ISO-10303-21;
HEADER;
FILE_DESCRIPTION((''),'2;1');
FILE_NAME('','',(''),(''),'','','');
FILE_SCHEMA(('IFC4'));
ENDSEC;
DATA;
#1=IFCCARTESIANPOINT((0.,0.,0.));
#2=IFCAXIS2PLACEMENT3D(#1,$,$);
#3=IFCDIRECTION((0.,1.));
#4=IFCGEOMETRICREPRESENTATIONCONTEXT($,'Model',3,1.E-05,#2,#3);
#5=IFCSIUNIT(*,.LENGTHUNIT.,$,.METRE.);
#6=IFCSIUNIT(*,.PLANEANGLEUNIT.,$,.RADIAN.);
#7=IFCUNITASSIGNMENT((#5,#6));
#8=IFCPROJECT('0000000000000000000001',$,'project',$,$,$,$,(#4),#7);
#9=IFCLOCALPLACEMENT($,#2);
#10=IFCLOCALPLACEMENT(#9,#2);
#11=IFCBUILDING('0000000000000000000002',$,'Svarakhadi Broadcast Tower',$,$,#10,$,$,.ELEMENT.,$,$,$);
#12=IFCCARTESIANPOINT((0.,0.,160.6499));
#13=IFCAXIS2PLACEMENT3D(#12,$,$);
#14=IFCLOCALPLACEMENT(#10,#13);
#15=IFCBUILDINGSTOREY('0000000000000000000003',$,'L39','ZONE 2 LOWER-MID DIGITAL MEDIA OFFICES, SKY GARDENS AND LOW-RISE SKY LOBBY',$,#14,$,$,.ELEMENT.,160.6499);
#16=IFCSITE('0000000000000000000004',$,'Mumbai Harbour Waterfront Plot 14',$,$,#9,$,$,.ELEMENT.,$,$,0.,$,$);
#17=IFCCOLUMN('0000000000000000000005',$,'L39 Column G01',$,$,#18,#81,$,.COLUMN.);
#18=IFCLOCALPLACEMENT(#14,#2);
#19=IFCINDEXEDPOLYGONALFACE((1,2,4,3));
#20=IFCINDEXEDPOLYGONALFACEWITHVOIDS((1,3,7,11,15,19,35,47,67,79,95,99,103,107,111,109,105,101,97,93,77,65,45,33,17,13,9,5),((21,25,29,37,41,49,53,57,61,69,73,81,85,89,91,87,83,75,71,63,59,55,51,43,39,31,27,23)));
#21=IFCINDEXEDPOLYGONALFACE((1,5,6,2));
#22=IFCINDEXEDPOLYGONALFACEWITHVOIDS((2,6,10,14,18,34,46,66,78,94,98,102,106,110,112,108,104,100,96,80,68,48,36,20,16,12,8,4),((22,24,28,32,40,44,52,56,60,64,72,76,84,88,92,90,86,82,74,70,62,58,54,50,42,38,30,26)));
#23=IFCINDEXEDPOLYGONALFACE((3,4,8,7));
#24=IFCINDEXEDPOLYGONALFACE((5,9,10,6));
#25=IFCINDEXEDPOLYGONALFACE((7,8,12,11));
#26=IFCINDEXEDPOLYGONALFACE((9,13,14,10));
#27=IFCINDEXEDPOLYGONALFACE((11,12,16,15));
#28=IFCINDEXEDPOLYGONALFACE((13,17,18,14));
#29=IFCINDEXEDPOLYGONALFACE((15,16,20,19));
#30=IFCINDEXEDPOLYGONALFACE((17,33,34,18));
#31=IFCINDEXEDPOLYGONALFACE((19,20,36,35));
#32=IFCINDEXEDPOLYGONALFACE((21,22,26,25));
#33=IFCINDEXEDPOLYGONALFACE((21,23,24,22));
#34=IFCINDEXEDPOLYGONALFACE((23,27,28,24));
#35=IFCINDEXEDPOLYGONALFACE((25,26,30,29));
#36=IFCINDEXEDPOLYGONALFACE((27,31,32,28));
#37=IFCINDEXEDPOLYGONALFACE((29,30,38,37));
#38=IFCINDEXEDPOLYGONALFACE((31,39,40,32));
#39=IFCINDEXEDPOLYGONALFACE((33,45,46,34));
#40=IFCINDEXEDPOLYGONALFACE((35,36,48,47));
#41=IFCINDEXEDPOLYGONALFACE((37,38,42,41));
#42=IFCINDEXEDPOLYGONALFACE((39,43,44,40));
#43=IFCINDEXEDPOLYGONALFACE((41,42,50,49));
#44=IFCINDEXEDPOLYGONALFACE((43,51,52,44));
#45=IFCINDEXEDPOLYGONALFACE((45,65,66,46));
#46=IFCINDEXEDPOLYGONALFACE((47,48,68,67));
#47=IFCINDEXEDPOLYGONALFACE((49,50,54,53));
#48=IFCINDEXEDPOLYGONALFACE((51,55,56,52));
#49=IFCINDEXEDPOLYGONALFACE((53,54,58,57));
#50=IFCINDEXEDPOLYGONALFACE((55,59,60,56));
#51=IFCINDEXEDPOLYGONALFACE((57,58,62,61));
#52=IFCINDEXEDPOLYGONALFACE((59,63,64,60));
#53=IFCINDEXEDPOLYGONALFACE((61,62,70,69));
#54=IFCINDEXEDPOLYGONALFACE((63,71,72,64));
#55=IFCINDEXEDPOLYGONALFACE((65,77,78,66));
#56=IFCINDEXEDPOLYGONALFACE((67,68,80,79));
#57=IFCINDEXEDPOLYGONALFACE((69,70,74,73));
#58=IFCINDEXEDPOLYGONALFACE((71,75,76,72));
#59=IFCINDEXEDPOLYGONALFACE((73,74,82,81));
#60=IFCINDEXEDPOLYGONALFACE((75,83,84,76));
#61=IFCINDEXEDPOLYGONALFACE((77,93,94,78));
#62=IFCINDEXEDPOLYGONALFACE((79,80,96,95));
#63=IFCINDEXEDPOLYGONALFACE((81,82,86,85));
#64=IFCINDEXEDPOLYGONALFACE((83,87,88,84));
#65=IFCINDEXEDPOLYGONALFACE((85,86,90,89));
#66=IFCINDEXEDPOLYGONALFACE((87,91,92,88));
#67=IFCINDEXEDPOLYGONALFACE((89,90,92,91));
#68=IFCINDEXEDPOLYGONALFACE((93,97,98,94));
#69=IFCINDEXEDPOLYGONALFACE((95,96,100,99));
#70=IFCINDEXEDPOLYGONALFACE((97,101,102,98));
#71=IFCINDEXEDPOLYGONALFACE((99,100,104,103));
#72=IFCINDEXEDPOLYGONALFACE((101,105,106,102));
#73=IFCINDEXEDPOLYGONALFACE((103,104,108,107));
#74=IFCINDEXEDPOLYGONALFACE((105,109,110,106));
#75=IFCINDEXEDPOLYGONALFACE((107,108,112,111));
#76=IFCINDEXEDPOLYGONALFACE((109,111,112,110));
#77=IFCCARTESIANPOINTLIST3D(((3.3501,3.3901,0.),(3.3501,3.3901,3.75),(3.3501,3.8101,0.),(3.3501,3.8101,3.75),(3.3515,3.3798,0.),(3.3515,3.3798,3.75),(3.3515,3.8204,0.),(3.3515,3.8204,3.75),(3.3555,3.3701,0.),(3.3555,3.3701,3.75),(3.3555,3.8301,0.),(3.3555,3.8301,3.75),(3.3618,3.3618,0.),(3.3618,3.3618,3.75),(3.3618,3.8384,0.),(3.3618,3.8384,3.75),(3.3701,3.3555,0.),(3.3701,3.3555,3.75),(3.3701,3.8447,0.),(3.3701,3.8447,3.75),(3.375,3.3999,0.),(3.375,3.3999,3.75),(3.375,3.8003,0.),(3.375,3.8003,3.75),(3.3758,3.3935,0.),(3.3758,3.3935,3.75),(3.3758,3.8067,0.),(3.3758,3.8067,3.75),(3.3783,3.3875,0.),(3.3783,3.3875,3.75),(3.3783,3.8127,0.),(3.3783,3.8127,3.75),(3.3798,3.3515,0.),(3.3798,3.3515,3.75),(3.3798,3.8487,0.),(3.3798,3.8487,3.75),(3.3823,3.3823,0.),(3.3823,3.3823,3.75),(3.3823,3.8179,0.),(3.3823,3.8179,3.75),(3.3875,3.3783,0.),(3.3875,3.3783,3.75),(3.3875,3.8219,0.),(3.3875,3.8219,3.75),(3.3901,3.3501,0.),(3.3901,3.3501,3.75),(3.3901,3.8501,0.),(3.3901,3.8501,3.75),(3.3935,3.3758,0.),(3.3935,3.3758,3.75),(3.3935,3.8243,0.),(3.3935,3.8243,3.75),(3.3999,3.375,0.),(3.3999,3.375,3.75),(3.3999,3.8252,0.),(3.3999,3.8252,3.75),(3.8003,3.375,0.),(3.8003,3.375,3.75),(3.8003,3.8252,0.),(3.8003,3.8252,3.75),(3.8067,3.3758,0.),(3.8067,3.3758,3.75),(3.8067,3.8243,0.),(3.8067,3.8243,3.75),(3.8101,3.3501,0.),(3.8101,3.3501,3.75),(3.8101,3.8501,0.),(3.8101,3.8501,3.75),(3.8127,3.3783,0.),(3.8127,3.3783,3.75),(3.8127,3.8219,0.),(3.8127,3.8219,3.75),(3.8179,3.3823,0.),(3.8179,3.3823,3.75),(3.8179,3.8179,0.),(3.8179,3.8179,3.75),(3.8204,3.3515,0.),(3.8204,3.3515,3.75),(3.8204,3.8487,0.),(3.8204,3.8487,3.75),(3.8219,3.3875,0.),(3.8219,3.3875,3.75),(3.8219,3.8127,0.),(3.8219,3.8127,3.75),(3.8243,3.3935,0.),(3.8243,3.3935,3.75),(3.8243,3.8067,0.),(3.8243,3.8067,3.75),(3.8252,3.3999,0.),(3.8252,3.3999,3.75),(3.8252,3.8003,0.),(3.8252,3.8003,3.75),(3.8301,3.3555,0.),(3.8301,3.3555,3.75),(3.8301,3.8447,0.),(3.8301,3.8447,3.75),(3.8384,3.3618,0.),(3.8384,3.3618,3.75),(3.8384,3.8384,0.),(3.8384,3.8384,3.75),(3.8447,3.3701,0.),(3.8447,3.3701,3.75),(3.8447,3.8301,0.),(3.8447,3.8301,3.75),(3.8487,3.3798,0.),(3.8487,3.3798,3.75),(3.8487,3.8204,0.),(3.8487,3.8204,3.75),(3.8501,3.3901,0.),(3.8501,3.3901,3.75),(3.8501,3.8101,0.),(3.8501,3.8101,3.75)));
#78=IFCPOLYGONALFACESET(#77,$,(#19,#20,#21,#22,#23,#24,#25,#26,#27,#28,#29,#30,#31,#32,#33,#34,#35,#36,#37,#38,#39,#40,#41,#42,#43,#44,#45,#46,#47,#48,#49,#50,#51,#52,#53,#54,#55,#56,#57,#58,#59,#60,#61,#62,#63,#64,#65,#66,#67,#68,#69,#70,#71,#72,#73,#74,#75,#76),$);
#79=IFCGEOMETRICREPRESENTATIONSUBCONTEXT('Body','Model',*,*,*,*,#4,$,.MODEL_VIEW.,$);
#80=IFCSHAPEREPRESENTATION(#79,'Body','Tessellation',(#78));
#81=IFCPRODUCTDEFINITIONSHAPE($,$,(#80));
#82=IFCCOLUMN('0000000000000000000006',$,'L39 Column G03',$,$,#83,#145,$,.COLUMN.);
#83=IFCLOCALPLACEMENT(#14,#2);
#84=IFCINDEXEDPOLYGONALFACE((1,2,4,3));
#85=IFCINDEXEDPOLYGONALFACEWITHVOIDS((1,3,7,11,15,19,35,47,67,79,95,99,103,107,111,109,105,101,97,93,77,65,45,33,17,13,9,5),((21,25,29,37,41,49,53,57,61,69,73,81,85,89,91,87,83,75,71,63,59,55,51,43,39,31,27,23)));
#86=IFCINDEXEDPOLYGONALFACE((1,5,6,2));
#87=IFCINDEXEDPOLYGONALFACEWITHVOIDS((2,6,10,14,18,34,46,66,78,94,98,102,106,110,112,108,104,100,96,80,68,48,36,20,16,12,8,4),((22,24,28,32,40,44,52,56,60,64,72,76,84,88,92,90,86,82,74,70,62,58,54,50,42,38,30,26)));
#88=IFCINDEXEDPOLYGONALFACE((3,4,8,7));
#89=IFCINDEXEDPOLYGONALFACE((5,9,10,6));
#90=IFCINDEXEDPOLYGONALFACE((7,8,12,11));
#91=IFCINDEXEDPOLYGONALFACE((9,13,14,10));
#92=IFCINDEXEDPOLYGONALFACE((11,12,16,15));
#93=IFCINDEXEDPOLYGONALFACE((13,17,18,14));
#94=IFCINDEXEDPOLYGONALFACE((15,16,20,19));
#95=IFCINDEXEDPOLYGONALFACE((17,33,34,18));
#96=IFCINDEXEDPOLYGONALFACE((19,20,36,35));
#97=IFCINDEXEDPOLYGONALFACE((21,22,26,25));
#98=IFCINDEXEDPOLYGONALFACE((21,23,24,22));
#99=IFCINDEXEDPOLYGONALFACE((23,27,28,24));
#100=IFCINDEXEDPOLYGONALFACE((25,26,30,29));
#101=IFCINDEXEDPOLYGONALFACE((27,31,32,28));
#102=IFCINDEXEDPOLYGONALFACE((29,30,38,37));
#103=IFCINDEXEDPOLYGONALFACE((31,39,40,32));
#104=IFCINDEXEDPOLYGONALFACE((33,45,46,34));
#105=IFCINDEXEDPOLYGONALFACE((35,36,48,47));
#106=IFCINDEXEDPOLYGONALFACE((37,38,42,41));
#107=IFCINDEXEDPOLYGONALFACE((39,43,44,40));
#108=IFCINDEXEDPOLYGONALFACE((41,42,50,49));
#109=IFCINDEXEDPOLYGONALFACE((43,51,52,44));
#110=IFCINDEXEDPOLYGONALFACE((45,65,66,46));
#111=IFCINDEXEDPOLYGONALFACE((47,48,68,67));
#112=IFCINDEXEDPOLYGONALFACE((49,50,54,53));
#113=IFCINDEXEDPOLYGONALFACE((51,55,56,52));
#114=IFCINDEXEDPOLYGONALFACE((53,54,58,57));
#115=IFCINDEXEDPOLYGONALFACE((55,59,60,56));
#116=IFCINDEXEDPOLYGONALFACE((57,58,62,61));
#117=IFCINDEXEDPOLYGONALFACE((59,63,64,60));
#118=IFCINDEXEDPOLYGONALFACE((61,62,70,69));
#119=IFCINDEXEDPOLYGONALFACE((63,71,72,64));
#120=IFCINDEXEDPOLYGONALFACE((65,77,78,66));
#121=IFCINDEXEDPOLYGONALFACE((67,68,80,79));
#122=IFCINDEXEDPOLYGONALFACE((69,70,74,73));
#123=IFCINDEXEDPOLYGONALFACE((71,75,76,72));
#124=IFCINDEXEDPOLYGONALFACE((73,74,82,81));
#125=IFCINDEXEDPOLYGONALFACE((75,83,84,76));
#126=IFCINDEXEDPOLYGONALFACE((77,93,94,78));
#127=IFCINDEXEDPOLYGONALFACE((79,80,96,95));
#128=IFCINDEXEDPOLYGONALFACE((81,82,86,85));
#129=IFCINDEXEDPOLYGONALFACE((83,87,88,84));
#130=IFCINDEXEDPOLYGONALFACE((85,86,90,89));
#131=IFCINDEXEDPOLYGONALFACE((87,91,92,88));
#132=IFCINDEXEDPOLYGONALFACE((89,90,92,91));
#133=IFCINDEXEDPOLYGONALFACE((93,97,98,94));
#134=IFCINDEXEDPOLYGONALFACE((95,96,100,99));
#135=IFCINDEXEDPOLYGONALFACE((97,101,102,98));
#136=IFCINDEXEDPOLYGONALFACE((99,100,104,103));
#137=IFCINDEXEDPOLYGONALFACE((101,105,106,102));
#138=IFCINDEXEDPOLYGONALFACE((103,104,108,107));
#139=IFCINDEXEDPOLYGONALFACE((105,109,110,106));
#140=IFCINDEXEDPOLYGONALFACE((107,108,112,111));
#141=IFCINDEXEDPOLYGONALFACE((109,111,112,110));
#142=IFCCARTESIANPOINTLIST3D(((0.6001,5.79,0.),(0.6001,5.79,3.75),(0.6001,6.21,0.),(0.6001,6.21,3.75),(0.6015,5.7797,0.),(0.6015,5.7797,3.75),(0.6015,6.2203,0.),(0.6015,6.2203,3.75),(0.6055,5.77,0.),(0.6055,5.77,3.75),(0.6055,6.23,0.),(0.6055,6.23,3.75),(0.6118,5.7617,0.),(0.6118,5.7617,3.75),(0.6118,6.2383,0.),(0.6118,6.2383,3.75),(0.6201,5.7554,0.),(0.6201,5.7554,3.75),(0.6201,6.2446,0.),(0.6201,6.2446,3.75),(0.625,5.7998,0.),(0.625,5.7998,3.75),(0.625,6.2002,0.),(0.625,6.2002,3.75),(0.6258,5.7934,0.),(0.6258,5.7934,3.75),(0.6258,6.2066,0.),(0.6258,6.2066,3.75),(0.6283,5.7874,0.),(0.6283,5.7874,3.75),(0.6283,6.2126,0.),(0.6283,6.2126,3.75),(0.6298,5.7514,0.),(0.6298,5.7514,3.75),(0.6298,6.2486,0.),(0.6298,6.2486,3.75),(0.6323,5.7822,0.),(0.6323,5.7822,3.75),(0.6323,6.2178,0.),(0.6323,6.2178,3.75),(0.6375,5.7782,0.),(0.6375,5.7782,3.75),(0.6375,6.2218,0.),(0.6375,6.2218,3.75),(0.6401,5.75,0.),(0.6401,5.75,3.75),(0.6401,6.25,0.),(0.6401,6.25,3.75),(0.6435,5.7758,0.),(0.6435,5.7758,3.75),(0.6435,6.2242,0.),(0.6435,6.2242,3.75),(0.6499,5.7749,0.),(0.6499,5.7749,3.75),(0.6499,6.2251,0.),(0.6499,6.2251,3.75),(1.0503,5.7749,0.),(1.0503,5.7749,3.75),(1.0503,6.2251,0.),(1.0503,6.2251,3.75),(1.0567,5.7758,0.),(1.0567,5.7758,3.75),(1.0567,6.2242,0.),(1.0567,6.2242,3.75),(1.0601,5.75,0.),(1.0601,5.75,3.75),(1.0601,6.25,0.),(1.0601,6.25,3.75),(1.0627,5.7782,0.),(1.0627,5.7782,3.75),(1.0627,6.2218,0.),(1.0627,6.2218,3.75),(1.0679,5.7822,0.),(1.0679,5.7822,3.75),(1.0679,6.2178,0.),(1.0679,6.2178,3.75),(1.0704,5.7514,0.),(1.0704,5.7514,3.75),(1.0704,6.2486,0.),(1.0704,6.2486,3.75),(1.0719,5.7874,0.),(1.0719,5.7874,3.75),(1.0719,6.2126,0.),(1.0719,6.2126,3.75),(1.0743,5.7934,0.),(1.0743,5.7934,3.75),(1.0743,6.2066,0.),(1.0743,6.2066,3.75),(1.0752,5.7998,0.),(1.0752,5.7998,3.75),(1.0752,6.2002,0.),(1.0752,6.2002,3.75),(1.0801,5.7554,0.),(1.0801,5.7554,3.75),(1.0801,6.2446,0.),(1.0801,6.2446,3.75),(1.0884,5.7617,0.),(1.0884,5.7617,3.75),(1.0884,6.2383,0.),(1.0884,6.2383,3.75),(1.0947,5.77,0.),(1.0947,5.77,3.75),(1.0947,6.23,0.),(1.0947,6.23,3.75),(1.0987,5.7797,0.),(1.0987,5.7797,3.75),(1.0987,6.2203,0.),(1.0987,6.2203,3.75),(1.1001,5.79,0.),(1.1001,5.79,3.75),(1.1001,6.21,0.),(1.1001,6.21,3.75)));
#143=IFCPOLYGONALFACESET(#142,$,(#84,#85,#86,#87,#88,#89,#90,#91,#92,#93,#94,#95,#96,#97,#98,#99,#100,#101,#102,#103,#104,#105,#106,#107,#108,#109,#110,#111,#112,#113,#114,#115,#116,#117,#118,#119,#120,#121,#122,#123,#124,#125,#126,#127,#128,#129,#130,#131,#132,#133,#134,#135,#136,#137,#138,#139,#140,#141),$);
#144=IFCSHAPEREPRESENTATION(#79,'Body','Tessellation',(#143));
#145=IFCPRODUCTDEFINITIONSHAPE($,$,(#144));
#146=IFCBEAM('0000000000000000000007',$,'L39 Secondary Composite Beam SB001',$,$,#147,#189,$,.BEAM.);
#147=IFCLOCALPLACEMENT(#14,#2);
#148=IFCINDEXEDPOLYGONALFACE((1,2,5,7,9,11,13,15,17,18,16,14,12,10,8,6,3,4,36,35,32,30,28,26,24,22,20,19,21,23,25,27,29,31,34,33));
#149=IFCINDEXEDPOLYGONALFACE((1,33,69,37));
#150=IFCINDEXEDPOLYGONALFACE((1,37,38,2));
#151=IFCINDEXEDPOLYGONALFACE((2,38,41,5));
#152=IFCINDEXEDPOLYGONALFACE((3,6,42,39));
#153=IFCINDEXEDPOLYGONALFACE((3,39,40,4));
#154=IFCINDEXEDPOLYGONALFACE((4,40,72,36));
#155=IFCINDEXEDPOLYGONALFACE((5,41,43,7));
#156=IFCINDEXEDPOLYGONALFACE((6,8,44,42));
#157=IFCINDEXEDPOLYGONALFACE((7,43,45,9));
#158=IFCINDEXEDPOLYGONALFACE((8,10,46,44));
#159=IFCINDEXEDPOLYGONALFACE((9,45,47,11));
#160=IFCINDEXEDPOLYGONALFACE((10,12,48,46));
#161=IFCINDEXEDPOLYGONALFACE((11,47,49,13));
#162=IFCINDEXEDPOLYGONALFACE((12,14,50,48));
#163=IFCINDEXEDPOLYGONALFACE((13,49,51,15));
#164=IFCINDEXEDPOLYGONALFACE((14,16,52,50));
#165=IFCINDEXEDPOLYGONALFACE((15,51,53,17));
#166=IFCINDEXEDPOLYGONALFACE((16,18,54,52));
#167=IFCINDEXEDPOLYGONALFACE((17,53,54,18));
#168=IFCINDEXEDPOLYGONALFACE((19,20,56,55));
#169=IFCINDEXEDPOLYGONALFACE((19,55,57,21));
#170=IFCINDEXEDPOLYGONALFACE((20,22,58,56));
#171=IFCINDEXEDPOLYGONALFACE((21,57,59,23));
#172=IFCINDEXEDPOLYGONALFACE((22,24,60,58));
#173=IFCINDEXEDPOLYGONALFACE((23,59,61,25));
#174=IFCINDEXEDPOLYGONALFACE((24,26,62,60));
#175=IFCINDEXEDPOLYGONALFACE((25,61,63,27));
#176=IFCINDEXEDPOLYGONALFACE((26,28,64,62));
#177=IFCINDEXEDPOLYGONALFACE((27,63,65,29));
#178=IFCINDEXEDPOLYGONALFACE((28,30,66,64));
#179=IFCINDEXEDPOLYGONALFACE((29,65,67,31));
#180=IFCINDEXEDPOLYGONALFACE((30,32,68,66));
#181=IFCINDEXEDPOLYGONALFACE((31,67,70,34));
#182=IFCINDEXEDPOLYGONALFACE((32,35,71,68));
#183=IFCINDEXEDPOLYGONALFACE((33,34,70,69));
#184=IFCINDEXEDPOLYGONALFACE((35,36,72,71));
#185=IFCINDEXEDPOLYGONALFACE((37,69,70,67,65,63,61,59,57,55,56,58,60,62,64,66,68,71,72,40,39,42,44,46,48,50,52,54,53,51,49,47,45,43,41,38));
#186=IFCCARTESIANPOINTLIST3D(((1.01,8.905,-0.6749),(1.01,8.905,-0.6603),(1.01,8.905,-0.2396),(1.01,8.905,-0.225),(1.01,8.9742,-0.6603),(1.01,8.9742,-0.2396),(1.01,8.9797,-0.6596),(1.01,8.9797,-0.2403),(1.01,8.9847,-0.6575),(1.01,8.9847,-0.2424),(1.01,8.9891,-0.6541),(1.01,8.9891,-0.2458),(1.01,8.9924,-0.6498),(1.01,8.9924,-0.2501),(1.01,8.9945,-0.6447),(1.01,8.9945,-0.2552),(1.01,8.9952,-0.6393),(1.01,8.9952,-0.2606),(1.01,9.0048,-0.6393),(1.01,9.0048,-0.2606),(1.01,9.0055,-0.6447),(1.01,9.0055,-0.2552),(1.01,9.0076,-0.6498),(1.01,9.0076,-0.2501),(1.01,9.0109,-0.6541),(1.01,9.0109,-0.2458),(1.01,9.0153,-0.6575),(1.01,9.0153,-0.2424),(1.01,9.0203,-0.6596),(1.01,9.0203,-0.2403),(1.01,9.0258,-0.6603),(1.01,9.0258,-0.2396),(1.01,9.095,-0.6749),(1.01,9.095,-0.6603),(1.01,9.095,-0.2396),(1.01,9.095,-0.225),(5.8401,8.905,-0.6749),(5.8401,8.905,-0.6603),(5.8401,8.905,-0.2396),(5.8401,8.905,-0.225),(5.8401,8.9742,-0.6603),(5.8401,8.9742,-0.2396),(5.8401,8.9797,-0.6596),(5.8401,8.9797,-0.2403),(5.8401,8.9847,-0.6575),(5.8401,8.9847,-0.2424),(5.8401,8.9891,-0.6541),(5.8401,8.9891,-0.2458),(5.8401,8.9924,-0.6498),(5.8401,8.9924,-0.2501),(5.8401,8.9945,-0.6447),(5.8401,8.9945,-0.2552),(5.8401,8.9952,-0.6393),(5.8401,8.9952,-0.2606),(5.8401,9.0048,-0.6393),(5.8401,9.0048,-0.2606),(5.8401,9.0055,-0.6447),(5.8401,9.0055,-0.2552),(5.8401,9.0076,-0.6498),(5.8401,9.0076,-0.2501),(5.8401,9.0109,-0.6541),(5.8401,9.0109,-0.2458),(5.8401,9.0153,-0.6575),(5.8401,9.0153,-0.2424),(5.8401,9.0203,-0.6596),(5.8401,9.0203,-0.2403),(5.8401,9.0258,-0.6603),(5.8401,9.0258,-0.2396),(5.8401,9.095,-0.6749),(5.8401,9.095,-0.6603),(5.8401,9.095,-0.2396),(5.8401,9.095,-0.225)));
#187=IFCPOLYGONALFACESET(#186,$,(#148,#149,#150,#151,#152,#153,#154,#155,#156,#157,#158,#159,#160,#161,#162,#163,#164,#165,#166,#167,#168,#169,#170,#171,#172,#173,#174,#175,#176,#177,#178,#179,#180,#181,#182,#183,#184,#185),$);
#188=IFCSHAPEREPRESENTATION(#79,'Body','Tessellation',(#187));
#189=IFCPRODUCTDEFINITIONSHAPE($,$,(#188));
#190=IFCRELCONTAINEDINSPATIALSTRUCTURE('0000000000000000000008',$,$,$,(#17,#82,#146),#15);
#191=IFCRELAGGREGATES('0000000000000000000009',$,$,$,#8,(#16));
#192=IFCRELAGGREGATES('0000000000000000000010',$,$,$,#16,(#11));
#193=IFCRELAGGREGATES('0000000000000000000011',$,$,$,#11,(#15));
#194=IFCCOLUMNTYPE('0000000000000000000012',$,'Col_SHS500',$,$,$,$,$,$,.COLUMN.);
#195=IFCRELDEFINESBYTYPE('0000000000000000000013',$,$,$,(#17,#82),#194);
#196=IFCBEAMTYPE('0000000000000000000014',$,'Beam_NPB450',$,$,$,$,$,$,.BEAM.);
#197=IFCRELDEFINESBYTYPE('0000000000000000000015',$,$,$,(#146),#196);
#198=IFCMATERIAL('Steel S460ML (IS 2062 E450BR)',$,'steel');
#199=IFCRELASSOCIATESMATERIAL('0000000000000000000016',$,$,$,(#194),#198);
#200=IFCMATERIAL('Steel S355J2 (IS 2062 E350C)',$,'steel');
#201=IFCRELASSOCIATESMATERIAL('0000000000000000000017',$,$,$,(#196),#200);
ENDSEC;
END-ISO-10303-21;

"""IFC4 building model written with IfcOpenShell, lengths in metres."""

from ifc_helpers import new_model, si_unit, direction, frame, origin, origin_2d, place, context, subcontext, project, spatial, hollow_rectangle, i_section, extrude, material, material_profile, profile_set, type_object, element, save


model = new_model("IFC4")

# Units and contexts
model_context = context("Model", 3, precision=1e-05, world=origin(), true_north=direction((0.0, 1.0)))
body_context = subcontext(model_context, "Body", "Model", "MODEL_VIEW")
ifc_project = project(units=[si_unit("LENGTHUNIT", "METRE"), si_unit("PLANEANGLEUNIT", "RADIAN")], contexts=[model_context])

# Site, building, storey
site_placement = place(None, origin())
site = spatial("IfcSite", under=ifc_project, at=site_placement, Name="Mumbai Harbour Waterfront Plot 14", CompositionType="ELEMENT", RefElevation=0.0)
building_placement = place(site_placement, origin())
building = spatial("IfcBuilding", under=site, at=building_placement, Name="Svarakhadi Broadcast Tower", CompositionType="ELEMENT")
storey_placement = place(building_placement, frame((0.0, 0.0, 160.6499)))
storey = spatial("IfcBuildingStorey", under=building, at=storey_placement, Name="L39", Description="ZONE 2 LOWER-MID DIGITAL MEDIA OFFICES, SKY GARDENS AND LOW-RISE SKY LOBBY", CompositionType="ELEMENT", Elevation=160.6499)

# Columns
ifc_material_1 = material(Name="Steel S460ML (IS 2062 E450BR)", Category="steel")
ifc_material_profile_1 = material_profile(ifc_material_1, hollow_rectangle(XDim=0.5, YDim=0.5, WallThickness=0.0249, InnerFilletRadius=0.0249, OuterFilletRadius=0.04, at=origin_2d()), Name="SHS 500x500x25")
ifc_profile_set_1 = profile_set([ifc_material_profile_1], Name="Steel S460ML (IS 2062 E450BR)")
column_type = type_object("IfcColumnType", Name="Col_SHS500", PredefinedType="COLUMN", material=ifc_profile_set_1)
for number, where, z_axis, x_axis, name in (
    (1, (3.6001, 3.6001, 0.0), (0.0, 0.0, 1.0), (1.0, 0.0, 0.0), "L39 Column G01"),
    (2, (0.8501, 6.0, 0.0), (0.0, 0.0, 1.0), (1.0, 0.0, 0.0), "L39 Column G03"),
):
    element("IfcColumn", number, at=place(storey_placement, frame(where, z_axis=z_axis, x_axis=x_axis)), inside=storey, type_object=column_type, Name=name, PredefinedType="COLUMN", context=body_context, shape_type="SweptSolid", body=[
        extrude(hollow_rectangle(XDim=0.5, YDim=0.5, WallThickness=0.0249, InnerFilletRadius=0.0249, OuterFilletRadius=0.04, at=origin_2d()), origin(), (0.0, 0.0, 1.0), 3.75),
    ])

# Beam
ifc_material_2 = material(Name="Steel S355J2 (IS 2062 E350C)", Category="steel")
ifc_material_profile_2 = material_profile(ifc_material_2, i_section(OverallWidth=0.1899, OverallDepth=0.45, WebThickness=0.0095, FlangeThickness=0.0146, FilletRadius=0.021, at=origin_2d()), Name="NPB 450x190x78")
ifc_profile_set_2 = profile_set([ifc_material_profile_2], Name="Steel S355J2 (IS 2062 E350C)")
beam_type_1 = type_object("IfcBeamType", Name="Beam_NPB450", PredefinedType="BEAM", material=ifc_profile_set_2)
beam_1_placement = place(storey_placement, frame((1.01, 9.0, -0.45), z_axis=(1.0, 0.0, 0.0), x_axis=(0.0, 1.0, 0.0)))
element("IfcBeam", 3, at=beam_1_placement, inside=storey, type_object=beam_type_1, Name="L39 Secondary Composite Beam SB001", PredefinedType="BEAM", context=body_context, shape_type="SweptSolid", body=[
    extrude(i_section(OverallWidth=0.1899, OverallDepth=0.45, WebThickness=0.0095, FlangeThickness=0.0146, FilletRadius=0.021, at=origin_2d()), origin(), (0.0, 0.0, 1.0), 4.8301),
])

save(model, "model.ifc")
